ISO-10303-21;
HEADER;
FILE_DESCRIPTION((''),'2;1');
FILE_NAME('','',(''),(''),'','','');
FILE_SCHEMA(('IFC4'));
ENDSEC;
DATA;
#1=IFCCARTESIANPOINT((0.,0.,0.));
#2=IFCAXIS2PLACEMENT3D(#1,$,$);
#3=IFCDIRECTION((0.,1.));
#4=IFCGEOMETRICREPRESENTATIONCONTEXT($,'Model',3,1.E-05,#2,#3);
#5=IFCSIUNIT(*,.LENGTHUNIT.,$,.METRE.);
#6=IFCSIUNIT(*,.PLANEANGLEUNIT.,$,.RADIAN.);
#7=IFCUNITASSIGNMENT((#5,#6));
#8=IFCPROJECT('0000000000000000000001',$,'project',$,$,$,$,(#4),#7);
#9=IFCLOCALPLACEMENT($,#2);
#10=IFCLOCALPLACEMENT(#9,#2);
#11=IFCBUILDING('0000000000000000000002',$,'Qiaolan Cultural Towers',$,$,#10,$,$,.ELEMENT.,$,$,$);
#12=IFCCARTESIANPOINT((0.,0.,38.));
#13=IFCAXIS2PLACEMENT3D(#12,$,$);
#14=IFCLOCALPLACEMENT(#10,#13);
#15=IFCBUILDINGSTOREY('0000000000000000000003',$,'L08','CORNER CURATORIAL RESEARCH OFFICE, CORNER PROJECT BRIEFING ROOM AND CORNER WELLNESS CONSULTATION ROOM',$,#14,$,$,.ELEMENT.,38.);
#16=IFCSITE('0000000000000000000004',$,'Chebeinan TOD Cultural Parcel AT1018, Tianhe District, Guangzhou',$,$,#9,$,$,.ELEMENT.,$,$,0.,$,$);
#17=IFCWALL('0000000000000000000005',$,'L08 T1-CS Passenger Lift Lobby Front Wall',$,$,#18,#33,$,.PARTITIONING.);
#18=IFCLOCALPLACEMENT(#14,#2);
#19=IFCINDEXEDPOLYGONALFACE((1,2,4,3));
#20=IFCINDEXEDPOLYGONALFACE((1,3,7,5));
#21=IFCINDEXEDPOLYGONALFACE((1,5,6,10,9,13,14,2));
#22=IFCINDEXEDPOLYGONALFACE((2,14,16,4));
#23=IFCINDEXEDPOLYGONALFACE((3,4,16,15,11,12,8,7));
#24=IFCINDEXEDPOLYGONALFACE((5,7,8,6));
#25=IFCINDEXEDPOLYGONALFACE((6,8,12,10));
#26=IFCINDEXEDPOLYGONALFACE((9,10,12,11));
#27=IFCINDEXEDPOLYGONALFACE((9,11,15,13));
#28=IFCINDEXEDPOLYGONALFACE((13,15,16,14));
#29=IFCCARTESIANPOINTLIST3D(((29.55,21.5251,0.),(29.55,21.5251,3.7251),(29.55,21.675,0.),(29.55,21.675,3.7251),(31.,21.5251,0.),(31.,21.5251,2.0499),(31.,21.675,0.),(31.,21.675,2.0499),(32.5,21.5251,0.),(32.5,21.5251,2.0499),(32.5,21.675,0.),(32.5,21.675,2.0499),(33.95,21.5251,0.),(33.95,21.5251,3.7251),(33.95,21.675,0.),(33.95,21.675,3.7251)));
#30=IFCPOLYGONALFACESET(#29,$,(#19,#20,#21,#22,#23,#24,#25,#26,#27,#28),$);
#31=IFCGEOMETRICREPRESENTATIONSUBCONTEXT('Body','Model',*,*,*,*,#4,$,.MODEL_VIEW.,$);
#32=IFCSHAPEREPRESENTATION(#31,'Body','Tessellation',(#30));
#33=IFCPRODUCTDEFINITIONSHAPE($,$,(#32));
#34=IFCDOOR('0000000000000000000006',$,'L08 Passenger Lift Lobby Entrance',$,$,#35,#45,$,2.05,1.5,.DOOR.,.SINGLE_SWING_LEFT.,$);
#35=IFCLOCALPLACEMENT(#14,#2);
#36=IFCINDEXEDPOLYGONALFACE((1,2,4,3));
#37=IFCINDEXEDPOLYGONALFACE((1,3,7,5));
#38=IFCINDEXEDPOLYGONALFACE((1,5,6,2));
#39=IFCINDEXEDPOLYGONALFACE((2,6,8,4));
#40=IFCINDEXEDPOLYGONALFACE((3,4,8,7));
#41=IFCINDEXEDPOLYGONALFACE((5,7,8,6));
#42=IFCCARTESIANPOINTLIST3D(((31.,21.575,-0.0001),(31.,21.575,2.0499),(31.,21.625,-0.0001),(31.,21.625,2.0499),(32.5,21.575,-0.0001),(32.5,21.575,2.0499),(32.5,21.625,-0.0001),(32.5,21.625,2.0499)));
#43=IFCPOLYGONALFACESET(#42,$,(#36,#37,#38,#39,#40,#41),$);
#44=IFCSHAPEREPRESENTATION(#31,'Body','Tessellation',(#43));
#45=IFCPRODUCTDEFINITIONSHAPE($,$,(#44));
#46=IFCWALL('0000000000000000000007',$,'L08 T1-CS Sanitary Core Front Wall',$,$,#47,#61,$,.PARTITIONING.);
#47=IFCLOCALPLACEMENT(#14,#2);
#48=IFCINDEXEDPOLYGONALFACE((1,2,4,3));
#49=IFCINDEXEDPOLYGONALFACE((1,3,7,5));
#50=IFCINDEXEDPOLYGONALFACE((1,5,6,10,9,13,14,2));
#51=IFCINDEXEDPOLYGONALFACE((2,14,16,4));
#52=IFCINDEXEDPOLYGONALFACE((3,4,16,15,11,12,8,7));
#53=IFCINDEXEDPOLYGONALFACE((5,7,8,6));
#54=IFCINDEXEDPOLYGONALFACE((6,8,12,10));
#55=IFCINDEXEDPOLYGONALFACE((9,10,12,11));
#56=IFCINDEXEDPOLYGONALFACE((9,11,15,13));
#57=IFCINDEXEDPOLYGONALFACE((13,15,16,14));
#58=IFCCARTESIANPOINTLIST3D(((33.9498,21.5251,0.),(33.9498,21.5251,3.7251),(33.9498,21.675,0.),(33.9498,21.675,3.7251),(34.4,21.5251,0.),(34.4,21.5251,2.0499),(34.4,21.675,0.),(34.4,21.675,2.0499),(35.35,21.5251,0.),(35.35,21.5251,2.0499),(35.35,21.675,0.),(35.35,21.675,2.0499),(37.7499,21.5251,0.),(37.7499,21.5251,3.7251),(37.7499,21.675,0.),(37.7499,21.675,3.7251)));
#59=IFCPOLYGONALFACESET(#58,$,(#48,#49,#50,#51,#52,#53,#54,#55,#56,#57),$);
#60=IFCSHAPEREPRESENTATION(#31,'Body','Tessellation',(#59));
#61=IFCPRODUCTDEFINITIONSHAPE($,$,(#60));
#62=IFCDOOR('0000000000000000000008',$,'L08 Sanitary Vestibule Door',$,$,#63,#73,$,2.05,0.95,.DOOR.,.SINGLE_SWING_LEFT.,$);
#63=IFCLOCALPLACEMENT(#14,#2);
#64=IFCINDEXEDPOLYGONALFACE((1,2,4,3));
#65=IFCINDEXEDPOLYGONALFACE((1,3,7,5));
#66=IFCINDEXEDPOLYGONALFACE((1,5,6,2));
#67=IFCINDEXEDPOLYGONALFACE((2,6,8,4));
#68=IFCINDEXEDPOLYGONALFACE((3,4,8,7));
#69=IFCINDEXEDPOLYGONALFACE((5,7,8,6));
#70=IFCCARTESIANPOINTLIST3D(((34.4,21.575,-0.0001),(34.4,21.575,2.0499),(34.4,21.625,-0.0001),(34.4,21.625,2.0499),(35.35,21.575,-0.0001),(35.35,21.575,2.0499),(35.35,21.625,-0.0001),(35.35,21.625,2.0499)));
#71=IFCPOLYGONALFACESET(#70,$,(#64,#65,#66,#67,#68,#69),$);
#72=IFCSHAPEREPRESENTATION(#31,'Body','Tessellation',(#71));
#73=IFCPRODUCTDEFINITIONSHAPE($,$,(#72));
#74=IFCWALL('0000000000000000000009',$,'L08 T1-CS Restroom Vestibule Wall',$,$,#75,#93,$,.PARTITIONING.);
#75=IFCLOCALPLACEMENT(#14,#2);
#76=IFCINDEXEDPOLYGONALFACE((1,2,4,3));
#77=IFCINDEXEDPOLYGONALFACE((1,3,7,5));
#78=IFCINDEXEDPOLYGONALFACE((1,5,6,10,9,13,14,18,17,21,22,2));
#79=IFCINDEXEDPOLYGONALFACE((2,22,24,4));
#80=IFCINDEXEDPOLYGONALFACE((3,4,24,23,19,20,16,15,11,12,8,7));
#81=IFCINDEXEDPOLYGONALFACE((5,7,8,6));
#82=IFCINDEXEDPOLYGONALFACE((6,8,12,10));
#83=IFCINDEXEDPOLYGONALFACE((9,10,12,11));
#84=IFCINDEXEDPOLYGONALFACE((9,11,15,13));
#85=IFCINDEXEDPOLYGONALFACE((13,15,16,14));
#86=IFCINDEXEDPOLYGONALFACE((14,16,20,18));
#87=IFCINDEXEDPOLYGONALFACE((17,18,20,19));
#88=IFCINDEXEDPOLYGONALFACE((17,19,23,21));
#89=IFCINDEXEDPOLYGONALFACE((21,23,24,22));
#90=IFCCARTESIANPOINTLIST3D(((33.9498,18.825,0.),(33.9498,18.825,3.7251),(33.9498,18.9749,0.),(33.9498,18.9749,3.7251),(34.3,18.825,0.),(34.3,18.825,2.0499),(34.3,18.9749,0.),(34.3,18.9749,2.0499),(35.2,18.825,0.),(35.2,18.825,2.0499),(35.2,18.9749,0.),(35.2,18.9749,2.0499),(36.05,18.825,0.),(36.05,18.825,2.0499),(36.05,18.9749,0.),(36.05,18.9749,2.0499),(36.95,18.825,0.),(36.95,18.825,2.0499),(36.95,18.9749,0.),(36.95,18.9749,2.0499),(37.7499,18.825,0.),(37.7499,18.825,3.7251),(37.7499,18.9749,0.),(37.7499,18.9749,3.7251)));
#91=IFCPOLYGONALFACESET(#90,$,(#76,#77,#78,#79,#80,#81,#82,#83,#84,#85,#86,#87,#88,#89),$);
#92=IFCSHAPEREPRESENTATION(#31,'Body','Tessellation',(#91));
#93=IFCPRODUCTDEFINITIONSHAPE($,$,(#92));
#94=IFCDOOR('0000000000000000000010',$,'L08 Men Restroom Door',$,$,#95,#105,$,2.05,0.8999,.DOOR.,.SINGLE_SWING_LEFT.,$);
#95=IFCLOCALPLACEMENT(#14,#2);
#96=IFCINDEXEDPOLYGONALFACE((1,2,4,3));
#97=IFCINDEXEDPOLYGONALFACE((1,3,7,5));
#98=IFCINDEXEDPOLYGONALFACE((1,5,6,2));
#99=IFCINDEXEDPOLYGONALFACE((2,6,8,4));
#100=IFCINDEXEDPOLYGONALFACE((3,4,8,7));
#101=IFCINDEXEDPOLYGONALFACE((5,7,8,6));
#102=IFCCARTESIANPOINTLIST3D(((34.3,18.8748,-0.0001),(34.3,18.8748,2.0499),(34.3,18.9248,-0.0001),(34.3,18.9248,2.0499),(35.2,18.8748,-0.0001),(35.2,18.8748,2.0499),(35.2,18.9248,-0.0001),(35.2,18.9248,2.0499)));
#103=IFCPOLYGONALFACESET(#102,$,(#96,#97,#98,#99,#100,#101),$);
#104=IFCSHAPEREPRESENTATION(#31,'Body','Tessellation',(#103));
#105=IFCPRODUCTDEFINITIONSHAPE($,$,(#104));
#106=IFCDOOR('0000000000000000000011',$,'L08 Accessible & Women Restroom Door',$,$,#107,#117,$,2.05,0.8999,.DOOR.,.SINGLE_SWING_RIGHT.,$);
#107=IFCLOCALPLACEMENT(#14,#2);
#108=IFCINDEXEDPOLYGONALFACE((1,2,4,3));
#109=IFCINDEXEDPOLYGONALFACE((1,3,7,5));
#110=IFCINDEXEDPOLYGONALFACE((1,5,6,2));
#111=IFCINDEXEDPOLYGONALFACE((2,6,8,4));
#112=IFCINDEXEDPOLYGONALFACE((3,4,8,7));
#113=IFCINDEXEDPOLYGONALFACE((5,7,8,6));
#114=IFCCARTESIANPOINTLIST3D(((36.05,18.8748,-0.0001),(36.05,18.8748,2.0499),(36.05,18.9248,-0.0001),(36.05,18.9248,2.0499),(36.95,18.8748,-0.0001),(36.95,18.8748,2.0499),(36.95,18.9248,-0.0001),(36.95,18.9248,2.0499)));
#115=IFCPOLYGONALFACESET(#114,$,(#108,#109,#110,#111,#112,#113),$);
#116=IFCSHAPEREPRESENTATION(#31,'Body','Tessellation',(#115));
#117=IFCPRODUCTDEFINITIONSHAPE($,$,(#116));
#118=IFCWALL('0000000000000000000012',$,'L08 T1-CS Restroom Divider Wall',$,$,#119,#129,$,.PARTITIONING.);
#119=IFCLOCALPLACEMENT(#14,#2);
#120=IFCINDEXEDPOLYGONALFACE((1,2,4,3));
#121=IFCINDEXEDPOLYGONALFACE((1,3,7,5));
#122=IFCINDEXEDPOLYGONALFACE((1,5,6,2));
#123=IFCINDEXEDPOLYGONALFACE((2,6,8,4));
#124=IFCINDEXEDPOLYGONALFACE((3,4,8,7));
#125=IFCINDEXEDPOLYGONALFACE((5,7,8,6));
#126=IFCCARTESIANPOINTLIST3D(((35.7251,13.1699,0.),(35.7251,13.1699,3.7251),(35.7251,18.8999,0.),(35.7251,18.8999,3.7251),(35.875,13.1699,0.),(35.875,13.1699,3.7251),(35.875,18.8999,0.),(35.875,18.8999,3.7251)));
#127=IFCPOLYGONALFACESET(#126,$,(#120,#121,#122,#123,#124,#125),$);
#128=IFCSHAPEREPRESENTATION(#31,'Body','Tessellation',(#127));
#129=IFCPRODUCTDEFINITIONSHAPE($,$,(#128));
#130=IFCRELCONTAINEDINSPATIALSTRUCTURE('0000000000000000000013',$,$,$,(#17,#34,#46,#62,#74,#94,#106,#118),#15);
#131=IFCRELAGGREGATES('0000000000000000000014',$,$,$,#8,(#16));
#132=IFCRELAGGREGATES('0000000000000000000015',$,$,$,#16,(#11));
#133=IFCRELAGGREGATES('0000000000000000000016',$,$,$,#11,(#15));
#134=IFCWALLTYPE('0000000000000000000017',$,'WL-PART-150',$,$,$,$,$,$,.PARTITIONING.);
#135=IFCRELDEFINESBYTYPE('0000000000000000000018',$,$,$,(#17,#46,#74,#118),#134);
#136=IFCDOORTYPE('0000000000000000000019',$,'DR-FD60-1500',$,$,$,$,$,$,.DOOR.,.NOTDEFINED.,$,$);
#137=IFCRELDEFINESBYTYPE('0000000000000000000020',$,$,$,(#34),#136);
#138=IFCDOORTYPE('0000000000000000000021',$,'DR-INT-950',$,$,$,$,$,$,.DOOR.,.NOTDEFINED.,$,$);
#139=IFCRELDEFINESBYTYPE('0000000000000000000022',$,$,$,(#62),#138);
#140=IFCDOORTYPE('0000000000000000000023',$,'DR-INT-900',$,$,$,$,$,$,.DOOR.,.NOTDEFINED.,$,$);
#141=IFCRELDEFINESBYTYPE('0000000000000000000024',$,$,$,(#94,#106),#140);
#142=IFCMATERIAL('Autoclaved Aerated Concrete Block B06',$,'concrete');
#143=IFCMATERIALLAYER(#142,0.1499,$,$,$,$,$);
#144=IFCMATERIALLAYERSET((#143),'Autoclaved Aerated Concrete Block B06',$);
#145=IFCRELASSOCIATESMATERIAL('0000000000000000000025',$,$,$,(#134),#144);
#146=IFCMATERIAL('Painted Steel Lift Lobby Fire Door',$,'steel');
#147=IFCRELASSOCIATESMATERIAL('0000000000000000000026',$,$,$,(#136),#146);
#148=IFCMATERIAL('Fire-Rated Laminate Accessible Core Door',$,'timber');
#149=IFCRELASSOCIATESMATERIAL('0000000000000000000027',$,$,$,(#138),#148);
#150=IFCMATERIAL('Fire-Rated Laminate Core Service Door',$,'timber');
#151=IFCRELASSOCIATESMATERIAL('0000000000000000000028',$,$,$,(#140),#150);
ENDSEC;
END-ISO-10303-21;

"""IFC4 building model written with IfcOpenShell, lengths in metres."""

from ifc_helpers import new_model, si_unit, direction, frame, frame_2d, origin, place, context, subcontext, project, spatial, rectangle, extrude, material, layer, layer_set, type_object, element, fill, save


model = new_model("IFC4")

# Units and contexts
model_context = context("Model", 3, precision=1e-05, world=origin(), true_north=direction((0.0, 1.0)))
body_context = subcontext(model_context, "Body", "Model", "MODEL_VIEW")
ifc_project = project(units=[si_unit("LENGTHUNIT", "METRE"), si_unit("PLANEANGLEUNIT", "RADIAN")], contexts=[model_context])

# Site, building, storey
site_placement = place(None, origin())
site = spatial("IfcSite", under=ifc_project, at=site_placement, Name="Chebeinan TOD Cultural Parcel AT1018, Tianhe District, Guangzhou", CompositionType="ELEMENT", RefElevation=0.0)
building_placement = place(site_placement, origin())
building = spatial("IfcBuilding", under=site, at=building_placement, Name="Qiaolan Cultural Towers", CompositionType="ELEMENT")
storey_placement = place(building_placement, frame((0.0, 0.0, 38.0)))
storey = spatial("IfcBuildingStorey", under=building, at=storey_placement, Name="L08", Description="CORNER CURATORIAL RESEARCH OFFICE, CORNER PROJECT BRIEFING ROOM AND CORNER WELLNESS CONSULTATION ROOM", CompositionType="ELEMENT", Elevation=38.0)

# Walls, openings, doors
ifc_material_1 = material(Name="Autoclaved Aerated Concrete Block B06", Category="concrete")
ifc_layer_1 = layer(ifc_material_1, 0.1499)
ifc_layer_set_1 = layer_set([ifc_layer_1], Name="Autoclaved Aerated Concrete Block B06")
wall_type_1 = type_object("IfcWallType", Name="WL-PART-150", PredefinedType="PARTITIONING", material=ifc_layer_set_1)
wall_1_placement = place(storey_placement, frame((29.55, 21.6001, 0.0), z_axis=(0.0, 0.0, 1.0), x_axis=(1.0, 0.0, 0.0)))
wall_1 = element("IfcWall", 1, at=wall_1_placement, inside=storey, type_object=wall_type_1, Name="L08 T1-CS Passenger Lift Lobby Front Wall", PredefinedType="PARTITIONING", context=body_context, shape_type="SweptSolid", body=[
    extrude(rectangle(XDim=4.3999, YDim=0.1499, at=frame_2d((2.2, 0.0))), origin(), (0.0, 0.0, 1.0), 3.7251),
])
opening_1_placement = place(wall_1_placement, frame((1.45, 0.0, 0.0)))
opening_1 = element("IfcOpeningElement", 2, at=opening_1_placement, cuts=wall_1, PredefinedType="OPENING", context=body_context, shape_type="SweptSolid", body=[
    extrude(rectangle(XDim=1.5, YDim=2.05, at=frame_2d((0.75, 1.0249))), frame((0.0, 0.085, 0.0), z_axis=(0.0, -1.0, 0.0), x_axis=(1.0, 0.0, 0.0)), (0.0, 0.0, 1.0), 0.1699),
])
ifc_material_2 = material(Name="Painted Steel Lift Lobby Fire Door", Category="steel")
door_type_1 = type_object("IfcDoorType", Name="DR-FD60-1500", OperationType="NOTDEFINED", PredefinedType="DOOR", material=ifc_material_2)
door_1_placement = place(opening_1_placement, origin())
door_1 = element("IfcDoor", 3, at=door_1_placement, inside=storey, type_object=door_type_1, Name="L08 Passenger Lift Lobby Entrance", OperationType="SINGLE_SWING_LEFT", OverallHeight=2.05, OverallWidth=1.5, PredefinedType="DOOR", context=body_context, shape_type="SweptSolid", body=[
    extrude(rectangle(XDim=1.5, YDim=2.05, at=frame_2d((0.75, 1.0249))), frame((0.0, 0.0249, 0.0), z_axis=(0.0, -1.0, 0.0), x_axis=(1.0, 0.0, 0.0)), (0.0, 0.0, 1.0), 0.05),
])
fill(opening_1, door_1)
wall_2_placement = place(storey_placement, frame((33.95, 21.6001, 0.0), z_axis=(0.0, 0.0, 1.0), x_axis=(1.0, 0.0, 0.0)))
wall_2 = element("IfcWall", 4, at=wall_2_placement, inside=storey, type_object=wall_type_1, Name="L08 T1-CS Sanitary Core Front Wall", PredefinedType="PARTITIONING", context=body_context, shape_type="SweptSolid", body=[
    extrude(rectangle(XDim=3.8, YDim=0.1499, at=frame_2d((1.8999, 0.0))), origin(), (0.0, 0.0, 1.0), 3.7251),
])
opening_2_placement = place(wall_2_placement, frame((0.45, 0.0, 0.0)))
opening_2 = element("IfcOpeningElement", 5, at=opening_2_placement, cuts=wall_2, PredefinedType="OPENING", context=body_context, shape_type="SweptSolid", body=[
    extrude(rectangle(XDim=0.95, YDim=2.05, at=frame_2d((0.4751, 1.0249))), frame((0.0, 0.085, 0.0), z_axis=(0.0, -1.0, 0.0), x_axis=(1.0, 0.0, 0.0)), (0.0, 0.0, 1.0), 0.1699),
])
ifc_material_3 = material(Name="Fire-Rated Laminate Accessible Core Door", Category="timber")
door_type_2 = type_object("IfcDoorType", Name="DR-INT-950", OperationType="NOTDEFINED", PredefinedType="DOOR", material=ifc_material_3)
door_2_placement = place(opening_2_placement, origin())
door_2 = element("IfcDoor", 6, at=door_2_placement, inside=storey, type_object=door_type_2, Name="L08 Sanitary Vestibule Door", OperationType="SINGLE_SWING_LEFT", OverallHeight=2.05, OverallWidth=0.95, PredefinedType="DOOR", context=body_context, shape_type="SweptSolid", body=[
    extrude(rectangle(XDim=0.95, YDim=2.05, at=frame_2d((0.4751, 1.0249))), frame((0.0, 0.0249, 0.0), z_axis=(0.0, -1.0, 0.0), x_axis=(1.0, 0.0, 0.0)), (0.0, 0.0, 1.0), 0.05),
])
fill(opening_2, door_2)

# Wall, openings, doors
wall_3_placement = place(storey_placement, frame((33.95, 18.8999, 0.0), z_axis=(0.0, 0.0, 1.0), x_axis=(1.0, 0.0, 0.0)))
wall_3 = element("IfcWall", 7, at=wall_3_placement, inside=storey, type_object=wall_type_1, Name="L08 T1-CS Restroom Vestibule Wall", PredefinedType="PARTITIONING", context=body_context, shape_type="SweptSolid", body=[
    extrude(rectangle(XDim=3.8, YDim=0.1499, at=frame_2d((1.8999, 0.0))), origin(), (0.0, 0.0, 1.0), 3.7251),
])
opening_3_placement = place(wall_3_placement, frame((0.3501, 0.0, 0.0)))
opening_3 = element("IfcOpeningElement", 8, at=opening_3_placement, cuts=wall_3, PredefinedType="OPENING", context=body_context, shape_type="SweptSolid", body=[
    extrude(rectangle(XDim=0.8999, YDim=2.05, at=frame_2d((0.45, 1.0249))), frame((0.0, 0.085, 0.0), z_axis=(0.0, -1.0, 0.0), x_axis=(1.0, 0.0, 0.0)), (0.0, 0.0, 1.0), 0.1699),
])
opening_4_placement = place(wall_3_placement, frame((2.1001, 0.0, 0.0)))
opening_4 = element("IfcOpeningElement", 9, at=opening_4_placement, cuts=wall_3, PredefinedType="OPENING", context=body_context, shape_type="SweptSolid", body=[
    extrude(rectangle(XDim=0.8999, YDim=2.05, at=frame_2d((0.45, 1.0249))), frame((0.0, 0.085, 0.0), z_axis=(0.0, -1.0, 0.0), x_axis=(1.0, 0.0, 0.0)), (0.0, 0.0, 1.0), 0.1699),
])
ifc_material_4 = material(Name="Fire-Rated Laminate Core Service Door", Category="timber")
door_type_3 = type_object("IfcDoorType", Name="DR-INT-900", OperationType="NOTDEFINED", PredefinedType="DOOR", material=ifc_material_4)
door_3_placement = place(opening_3_placement, origin())
door_3 = element("IfcDoor", 10, at=door_3_placement, inside=storey, type_object=door_type_3, Name="L08 Men Restroom Door", OperationType="SINGLE_SWING_LEFT", OverallHeight=2.05, OverallWidth=0.8999, PredefinedType="DOOR", context=body_context, shape_type="SweptSolid", body=[
    extrude(rectangle(XDim=0.8999, YDim=2.05, at=frame_2d((0.45, 1.0249))), frame((0.0, 0.0249, 0.0), z_axis=(0.0, -1.0, 0.0), x_axis=(1.0, 0.0, 0.0)), (0.0, 0.0, 1.0), 0.05),
])
fill(opening_3, door_3)
door_4_placement = place(opening_4_placement, origin())
door_4 = element("IfcDoor", 11, at=door_4_placement, inside=storey, type_object=door_type_3, Name="L08 Accessible & Women Restroom Door", OperationType="SINGLE_SWING_RIGHT", OverallHeight=2.05, OverallWidth=0.8999, PredefinedType="DOOR", context=body_context, shape_type="SweptSolid", body=[
    extrude(rectangle(XDim=0.8999, YDim=2.05, at=frame_2d((0.45, 1.0249))), frame((0.0, 0.0249, 0.0), z_axis=(0.0, -1.0, 0.0), x_axis=(1.0, 0.0, 0.0)), (0.0, 0.0, 1.0), 0.05),
])
fill(opening_4, door_4)

# Wall
wall_4_placement = place(storey_placement, frame((35.8, 18.8999, 0.0), z_axis=(0.0, 0.0, 1.0), x_axis=(0.0, -1.0, 0.0)))
element("IfcWall", 12, at=wall_4_placement, inside=storey, type_object=wall_type_1, Name="L08 T1-CS Restroom Divider Wall", PredefinedType="PARTITIONING", context=body_context, shape_type="SweptSolid", body=[
    extrude(rectangle(XDim=5.73, YDim=0.1499, at=frame_2d((2.865, 0.0))), origin(), (0.0, 0.0, 1.0), 3.7251),
])

save(model, "model.ifc")
